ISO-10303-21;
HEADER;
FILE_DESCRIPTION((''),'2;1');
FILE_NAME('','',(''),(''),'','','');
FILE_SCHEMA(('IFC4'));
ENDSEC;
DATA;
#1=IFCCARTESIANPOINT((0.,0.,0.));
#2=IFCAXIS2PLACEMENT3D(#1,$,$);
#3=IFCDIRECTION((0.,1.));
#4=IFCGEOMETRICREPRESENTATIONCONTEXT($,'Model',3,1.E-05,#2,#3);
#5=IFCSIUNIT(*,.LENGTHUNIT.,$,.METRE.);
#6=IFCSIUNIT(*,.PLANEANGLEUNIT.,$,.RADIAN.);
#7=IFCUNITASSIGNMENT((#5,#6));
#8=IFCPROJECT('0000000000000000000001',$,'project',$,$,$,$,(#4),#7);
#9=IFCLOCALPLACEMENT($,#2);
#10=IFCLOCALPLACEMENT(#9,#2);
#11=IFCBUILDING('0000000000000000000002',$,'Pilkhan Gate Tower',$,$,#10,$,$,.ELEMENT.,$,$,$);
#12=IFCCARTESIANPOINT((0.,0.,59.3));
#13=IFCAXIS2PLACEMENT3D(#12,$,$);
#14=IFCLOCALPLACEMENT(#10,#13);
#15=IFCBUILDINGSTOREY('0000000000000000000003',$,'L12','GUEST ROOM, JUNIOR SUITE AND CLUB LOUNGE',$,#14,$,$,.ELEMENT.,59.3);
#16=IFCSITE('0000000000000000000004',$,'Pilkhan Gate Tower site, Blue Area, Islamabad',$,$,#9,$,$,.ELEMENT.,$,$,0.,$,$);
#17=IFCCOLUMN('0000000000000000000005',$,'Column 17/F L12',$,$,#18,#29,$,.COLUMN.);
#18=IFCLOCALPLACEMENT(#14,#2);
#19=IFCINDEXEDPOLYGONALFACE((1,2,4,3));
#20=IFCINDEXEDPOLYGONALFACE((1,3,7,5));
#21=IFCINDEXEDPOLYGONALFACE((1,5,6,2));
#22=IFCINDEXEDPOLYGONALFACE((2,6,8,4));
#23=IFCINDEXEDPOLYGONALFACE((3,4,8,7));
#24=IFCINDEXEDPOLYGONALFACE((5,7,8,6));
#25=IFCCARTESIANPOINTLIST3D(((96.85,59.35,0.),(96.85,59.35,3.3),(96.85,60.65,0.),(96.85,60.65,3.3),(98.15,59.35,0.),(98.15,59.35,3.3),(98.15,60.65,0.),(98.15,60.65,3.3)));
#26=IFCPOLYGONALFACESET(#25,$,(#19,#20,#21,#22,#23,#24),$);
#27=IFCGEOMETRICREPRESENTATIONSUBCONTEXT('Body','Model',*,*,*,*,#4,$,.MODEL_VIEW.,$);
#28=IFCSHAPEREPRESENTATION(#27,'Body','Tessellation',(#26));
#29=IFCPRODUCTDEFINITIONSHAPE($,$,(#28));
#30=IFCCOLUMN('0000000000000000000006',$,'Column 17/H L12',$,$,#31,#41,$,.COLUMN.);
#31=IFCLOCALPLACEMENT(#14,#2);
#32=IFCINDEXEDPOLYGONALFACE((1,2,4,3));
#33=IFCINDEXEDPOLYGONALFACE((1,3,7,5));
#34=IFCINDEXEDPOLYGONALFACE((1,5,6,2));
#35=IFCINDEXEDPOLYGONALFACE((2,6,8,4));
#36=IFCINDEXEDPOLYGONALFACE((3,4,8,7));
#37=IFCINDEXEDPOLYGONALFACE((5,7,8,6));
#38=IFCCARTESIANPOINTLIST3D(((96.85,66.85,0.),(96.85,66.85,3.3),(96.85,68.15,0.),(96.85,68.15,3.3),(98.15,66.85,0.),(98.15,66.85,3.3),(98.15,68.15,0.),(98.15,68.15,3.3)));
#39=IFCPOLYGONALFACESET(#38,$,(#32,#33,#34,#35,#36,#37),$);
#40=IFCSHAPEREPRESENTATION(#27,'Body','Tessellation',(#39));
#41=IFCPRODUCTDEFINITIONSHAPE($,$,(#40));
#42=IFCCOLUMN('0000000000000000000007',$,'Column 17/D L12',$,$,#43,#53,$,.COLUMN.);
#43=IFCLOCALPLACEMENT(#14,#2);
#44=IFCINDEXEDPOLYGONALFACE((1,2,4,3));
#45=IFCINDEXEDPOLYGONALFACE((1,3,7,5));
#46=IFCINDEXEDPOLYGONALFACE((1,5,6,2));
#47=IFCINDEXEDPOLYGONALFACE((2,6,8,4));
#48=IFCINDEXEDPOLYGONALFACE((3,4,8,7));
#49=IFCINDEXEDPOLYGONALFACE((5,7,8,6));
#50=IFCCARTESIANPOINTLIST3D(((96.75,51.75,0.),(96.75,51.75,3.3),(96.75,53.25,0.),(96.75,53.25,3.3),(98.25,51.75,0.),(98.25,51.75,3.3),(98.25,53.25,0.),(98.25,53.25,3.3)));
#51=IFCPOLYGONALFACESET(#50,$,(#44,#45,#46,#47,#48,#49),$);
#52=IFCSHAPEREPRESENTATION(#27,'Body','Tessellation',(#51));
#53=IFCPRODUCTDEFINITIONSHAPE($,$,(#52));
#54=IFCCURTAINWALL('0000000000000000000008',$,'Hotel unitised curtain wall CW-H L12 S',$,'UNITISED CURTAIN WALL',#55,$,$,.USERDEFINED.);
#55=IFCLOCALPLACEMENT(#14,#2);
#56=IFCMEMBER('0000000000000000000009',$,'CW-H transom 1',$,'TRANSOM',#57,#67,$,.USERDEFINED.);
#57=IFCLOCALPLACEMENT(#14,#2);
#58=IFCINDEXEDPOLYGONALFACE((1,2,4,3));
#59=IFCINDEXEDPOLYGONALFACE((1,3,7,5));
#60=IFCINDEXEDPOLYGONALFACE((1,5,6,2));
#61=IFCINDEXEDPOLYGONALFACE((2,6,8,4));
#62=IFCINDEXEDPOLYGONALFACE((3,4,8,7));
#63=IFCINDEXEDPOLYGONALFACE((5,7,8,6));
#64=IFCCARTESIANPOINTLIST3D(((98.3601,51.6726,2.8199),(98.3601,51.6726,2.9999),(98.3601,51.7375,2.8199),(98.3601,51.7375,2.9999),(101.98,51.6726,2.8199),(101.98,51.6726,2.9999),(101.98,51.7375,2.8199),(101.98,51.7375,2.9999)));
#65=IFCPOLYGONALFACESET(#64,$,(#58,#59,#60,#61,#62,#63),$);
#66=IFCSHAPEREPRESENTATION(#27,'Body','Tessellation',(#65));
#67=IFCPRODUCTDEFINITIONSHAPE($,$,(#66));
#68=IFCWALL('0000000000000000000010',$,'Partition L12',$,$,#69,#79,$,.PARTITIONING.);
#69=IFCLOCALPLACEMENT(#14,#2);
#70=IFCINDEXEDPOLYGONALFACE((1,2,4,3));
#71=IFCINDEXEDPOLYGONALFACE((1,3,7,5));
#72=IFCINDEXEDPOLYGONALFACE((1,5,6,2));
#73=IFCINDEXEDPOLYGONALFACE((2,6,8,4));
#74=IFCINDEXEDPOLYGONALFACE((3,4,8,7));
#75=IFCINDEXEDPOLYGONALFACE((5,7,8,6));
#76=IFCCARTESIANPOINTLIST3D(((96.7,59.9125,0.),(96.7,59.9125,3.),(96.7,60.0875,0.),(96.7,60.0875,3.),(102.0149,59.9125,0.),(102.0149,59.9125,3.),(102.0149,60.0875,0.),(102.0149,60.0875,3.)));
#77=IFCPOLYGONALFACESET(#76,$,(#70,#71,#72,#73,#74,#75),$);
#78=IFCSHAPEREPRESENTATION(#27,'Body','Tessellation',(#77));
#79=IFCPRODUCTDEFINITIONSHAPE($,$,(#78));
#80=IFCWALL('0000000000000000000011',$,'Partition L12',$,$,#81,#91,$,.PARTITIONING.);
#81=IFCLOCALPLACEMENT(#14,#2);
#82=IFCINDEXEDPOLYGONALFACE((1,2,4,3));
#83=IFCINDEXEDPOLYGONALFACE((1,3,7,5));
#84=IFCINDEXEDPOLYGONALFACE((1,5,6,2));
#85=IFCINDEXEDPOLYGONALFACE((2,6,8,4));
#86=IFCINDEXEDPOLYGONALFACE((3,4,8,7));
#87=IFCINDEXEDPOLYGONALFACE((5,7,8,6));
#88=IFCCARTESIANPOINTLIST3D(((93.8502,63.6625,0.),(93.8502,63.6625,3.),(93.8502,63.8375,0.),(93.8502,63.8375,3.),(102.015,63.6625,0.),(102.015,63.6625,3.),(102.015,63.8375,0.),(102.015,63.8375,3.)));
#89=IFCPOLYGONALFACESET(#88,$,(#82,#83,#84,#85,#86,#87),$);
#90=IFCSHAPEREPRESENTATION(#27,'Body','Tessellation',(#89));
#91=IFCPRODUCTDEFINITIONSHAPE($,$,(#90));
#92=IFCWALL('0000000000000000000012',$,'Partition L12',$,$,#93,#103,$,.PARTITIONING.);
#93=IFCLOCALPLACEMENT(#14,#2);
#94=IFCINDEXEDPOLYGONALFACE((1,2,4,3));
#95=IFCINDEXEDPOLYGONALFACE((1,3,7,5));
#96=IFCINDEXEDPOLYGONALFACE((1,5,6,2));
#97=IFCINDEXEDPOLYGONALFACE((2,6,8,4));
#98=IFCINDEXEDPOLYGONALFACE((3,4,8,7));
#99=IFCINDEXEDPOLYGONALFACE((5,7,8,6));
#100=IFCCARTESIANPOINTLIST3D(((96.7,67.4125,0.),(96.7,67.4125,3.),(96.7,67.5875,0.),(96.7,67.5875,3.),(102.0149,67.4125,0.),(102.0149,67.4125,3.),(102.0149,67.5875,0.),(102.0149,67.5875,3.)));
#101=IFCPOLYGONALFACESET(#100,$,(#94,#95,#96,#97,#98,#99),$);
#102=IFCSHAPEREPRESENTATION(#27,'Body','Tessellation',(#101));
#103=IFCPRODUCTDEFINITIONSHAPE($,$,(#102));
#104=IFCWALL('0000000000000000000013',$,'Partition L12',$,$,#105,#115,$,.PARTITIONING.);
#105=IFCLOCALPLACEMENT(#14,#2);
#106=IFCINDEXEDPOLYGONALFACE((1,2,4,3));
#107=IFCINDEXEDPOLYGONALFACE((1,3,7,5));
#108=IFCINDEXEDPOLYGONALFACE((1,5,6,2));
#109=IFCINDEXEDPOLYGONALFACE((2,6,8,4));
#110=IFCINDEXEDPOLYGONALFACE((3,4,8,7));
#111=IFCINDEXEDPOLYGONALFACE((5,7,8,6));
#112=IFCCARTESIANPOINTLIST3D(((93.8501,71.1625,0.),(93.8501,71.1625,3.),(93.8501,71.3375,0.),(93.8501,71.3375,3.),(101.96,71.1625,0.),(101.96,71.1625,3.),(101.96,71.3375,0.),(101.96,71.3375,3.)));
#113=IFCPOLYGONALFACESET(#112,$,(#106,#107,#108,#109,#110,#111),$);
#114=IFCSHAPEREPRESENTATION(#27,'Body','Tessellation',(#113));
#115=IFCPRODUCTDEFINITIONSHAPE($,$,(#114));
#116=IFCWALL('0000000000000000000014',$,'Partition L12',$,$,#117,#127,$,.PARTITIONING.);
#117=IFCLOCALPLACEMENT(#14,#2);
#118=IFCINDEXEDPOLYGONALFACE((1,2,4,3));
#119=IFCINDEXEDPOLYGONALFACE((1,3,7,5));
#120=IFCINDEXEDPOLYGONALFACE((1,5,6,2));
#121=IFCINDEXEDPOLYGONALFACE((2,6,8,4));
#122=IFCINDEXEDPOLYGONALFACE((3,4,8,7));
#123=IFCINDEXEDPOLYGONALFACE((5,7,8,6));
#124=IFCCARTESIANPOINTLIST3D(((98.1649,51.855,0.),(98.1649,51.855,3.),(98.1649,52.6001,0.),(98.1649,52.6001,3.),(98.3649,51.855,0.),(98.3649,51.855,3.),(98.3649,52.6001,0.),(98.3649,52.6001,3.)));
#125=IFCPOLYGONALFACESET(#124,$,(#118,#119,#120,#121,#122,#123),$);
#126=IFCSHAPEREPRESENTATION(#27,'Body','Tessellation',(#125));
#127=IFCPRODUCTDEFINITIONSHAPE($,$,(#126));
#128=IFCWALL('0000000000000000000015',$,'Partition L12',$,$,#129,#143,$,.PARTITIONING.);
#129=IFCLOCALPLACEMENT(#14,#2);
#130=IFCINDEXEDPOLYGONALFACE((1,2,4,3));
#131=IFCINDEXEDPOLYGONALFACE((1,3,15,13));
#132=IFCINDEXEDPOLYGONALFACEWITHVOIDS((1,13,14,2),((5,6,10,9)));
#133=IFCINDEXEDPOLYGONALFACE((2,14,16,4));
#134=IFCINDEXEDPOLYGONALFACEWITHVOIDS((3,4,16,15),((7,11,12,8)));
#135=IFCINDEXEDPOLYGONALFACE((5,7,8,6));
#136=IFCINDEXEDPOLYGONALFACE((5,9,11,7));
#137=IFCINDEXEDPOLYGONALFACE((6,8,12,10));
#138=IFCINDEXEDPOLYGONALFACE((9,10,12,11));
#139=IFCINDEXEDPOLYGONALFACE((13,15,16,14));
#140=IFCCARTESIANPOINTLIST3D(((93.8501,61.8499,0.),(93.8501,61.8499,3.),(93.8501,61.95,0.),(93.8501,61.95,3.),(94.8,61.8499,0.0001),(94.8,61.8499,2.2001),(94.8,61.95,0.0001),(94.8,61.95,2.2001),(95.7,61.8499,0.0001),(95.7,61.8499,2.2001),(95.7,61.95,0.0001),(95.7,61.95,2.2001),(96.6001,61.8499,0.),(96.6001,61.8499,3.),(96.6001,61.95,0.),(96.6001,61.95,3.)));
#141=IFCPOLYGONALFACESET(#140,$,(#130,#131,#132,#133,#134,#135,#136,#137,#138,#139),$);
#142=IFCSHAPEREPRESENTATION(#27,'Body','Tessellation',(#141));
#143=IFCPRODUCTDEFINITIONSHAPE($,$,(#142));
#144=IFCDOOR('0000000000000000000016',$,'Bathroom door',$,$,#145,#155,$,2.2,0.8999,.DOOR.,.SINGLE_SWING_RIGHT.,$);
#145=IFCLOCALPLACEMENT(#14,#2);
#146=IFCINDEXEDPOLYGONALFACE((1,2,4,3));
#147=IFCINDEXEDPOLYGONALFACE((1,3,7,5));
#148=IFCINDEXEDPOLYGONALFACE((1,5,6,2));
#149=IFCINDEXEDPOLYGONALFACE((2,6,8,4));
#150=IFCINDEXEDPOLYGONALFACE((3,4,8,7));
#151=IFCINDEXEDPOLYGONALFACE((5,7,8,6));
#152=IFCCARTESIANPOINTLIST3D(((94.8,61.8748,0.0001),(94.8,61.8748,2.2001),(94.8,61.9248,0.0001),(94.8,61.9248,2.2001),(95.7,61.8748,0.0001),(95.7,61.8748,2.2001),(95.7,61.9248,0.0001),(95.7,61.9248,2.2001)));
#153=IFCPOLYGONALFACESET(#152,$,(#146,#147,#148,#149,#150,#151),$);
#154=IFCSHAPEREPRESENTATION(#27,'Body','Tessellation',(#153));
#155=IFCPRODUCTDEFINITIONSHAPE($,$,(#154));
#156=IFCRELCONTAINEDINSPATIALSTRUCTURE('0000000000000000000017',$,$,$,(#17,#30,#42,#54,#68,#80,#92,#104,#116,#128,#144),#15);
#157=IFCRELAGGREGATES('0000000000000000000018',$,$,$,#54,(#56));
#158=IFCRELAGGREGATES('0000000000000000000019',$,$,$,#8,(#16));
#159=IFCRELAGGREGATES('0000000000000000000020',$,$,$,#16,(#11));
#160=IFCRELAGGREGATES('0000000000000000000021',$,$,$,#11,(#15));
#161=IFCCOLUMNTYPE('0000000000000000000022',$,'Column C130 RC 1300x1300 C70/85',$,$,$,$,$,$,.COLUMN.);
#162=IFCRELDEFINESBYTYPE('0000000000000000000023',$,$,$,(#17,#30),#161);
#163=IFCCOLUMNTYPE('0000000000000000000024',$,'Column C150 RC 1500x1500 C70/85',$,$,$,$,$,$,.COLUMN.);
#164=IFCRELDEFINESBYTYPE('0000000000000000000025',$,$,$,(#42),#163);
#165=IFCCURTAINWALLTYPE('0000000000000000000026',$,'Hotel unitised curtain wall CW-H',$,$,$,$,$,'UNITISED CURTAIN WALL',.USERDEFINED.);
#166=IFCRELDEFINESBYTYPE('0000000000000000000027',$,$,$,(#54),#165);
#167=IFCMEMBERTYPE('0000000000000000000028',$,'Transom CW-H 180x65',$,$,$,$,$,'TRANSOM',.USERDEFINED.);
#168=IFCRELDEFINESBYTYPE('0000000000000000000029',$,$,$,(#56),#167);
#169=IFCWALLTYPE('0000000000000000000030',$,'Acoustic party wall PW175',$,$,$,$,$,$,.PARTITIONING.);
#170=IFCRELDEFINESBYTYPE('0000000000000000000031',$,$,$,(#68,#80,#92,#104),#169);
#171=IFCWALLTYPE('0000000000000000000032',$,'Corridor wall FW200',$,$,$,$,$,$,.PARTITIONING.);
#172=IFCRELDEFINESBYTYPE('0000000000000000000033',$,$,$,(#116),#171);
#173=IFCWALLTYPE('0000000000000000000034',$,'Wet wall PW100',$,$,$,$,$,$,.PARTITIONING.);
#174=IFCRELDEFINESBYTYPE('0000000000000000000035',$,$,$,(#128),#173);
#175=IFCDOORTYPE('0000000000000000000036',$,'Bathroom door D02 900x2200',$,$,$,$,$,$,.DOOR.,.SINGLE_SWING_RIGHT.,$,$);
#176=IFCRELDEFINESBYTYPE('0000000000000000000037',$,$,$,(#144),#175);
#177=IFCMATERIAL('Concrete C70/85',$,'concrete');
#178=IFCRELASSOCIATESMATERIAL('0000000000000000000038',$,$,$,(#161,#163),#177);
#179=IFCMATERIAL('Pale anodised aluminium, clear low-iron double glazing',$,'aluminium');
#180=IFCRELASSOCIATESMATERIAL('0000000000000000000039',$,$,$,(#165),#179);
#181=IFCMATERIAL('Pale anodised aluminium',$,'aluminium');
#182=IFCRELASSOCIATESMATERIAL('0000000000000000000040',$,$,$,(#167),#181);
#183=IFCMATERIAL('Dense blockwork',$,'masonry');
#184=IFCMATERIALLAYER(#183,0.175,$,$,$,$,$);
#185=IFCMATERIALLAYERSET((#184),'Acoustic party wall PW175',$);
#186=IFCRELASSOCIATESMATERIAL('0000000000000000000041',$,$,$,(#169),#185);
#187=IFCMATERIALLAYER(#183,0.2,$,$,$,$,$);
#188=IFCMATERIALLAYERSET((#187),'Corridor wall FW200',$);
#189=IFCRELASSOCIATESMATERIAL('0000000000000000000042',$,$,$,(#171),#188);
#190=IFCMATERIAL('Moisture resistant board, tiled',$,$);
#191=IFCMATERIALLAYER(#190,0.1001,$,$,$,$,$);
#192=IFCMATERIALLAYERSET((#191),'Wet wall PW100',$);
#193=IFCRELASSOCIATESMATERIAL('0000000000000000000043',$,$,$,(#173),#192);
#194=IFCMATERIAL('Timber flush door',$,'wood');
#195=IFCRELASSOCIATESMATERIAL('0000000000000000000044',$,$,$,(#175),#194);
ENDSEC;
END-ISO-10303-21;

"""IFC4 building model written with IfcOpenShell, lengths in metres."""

from ifc_helpers import new_model, si_unit, direction, frame, frame_2d, origin, origin_2d, place, context, subcontext, project, spatial, rectangle, extrude, material, layer, layer_set, material_profile, profile_set, type_object, element, fill, aggregate, save


model = new_model("IFC4")

# Units and contexts
model_context = context("Model", 3, precision=1e-05, world=origin(), true_north=direction((0.0, 1.0)))
body_context = subcontext(model_context, "Body", "Model", "MODEL_VIEW")
ifc_project = project(units=[si_unit("LENGTHUNIT", "METRE"), si_unit("PLANEANGLEUNIT", "RADIAN")], contexts=[model_context])

# Site, building, storey
site_placement = place(None, origin())
site = spatial("IfcSite", under=ifc_project, at=site_placement, Name="Pilkhan Gate Tower site, Blue Area, Islamabad", CompositionType="ELEMENT", RefElevation=0.0)
building_placement = place(site_placement, origin())
building = spatial("IfcBuilding", under=site, at=building_placement, Name="Pilkhan Gate Tower", CompositionType="ELEMENT")
storey_placement = place(building_placement, frame((0.0, 0.0, 59.3)))
storey = spatial("IfcBuildingStorey", under=building, at=storey_placement, Name="L12", Description="GUEST ROOM, JUNIOR SUITE AND CLUB LOUNGE", CompositionType="ELEMENT", Elevation=59.3)

# Columns
ifc_material_1 = material(Name="Concrete C70/85", Category="concrete")
ifc_material_profile_1 = material_profile(ifc_material_1, rectangle(XDim=1.3, YDim=1.3, at=origin_2d()), Name="RC 1300x1300")
ifc_profile_set_1 = profile_set([ifc_material_profile_1], Name="Concrete C70/85")
column_type_1 = type_object("IfcColumnType", Name="Column C130 RC 1300x1300 C70/85", PredefinedType="COLUMN", material=ifc_profile_set_1)
for number, where, z_axis, x_axis, name in (
    (1, (97.5, 60.0, 0.0), (0.0, 0.0, 1.0), (1.0, 0.0, 0.0), "Column 17/F L12"),
    (2, (97.5, 67.5, 0.0), (0.0, 0.0, 1.0), (1.0, 0.0, 0.0), "Column 17/H L12"),
):
    element("IfcColumn", number, at=place(storey_placement, frame(where, z_axis=z_axis, x_axis=x_axis)), inside=storey, type_object=column_type_1, Name=name, PredefinedType="COLUMN", context=body_context, shape_type="SweptSolid", body=[
        extrude(rectangle(XDim=1.3, YDim=1.3, at=origin_2d()), origin(), (0.0, 0.0, 1.0), 3.3),
    ])
ifc_material_profile_2 = material_profile(ifc_material_1, rectangle(XDim=1.5, YDim=1.5, at=origin_2d()), Name="RC 1500x1500")
ifc_profile_set_2 = profile_set([ifc_material_profile_2], Name="Concrete C70/85")
column_type_2 = type_object("IfcColumnType", Name="Column C150 RC 1500x1500 C70/85", PredefinedType="COLUMN", material=ifc_profile_set_2)
column_placement = place(storey_placement, frame((97.5, 52.5, 0.0), z_axis=(0.0, 0.0, 1.0), x_axis=(1.0, 0.0, 0.0)))
element("IfcColumn", 3, at=column_placement, inside=storey, type_object=column_type_2, Name="Column 17/D L12", PredefinedType="COLUMN", context=body_context, shape_type="SweptSolid", body=[
    extrude(rectangle(XDim=1.5, YDim=1.5, at=origin_2d()), origin(), (0.0, 0.0, 1.0), 3.3),
])

# Curtain wall, member
ifc_material_2 = material(Name="Pale anodised aluminium, clear low-iron double glazing", Category="aluminium")
curtain_wall_type = type_object("IfcCurtainWallType", Name="Hotel unitised curtain wall CW-H", ElementType="UNITISED CURTAIN WALL", PredefinedType="USERDEFINED", material=ifc_material_2)
curtain_wall_placement = place(storey_placement, origin())
curtain_wall = element("IfcCurtainWall", 4, at=curtain_wall_placement, inside=storey, type_object=curtain_wall_type, Name="Hotel unitised curtain wall CW-H L12 S", ObjectType="UNITISED CURTAIN WALL", PredefinedType="USERDEFINED")
ifc_material_3 = material(Name="Pale anodised aluminium", Category="aluminium")
ifc_material_profile_3 = material_profile(ifc_material_3, rectangle(XDim=0.0649, YDim=0.1799, at=origin_2d()), Name="Transom 180x65")
ifc_profile_set_3 = profile_set([ifc_material_profile_3], Name="Pale anodised aluminium")
member_type = type_object("IfcMemberType", Name="Transom CW-H 180x65", ElementType="TRANSOM", PredefinedType="USERDEFINED", material=ifc_profile_set_3)
member_placement = place(storey_placement, frame((98.3601, 51.7051, 2.9099), z_axis=(1.0, 0.0, 0.0), x_axis=(0.0, 1.0, 0.0)))
member = element("IfcMember", 5, at=member_placement, type_object=member_type, Name="CW-H transom 1", ObjectType="TRANSOM", PredefinedType="USERDEFINED", context=body_context, shape_type="SweptSolid", body=[
    extrude(rectangle(XDim=0.0649, YDim=0.1799, at=origin_2d()), origin(), (0.0, 0.0, 1.0), 3.6199),
])
aggregate(curtain_wall, [member])

# Walls
ifc_material_4 = material(Name="Dense blockwork", Category="masonry")
ifc_layer_1 = layer(ifc_material_4, 0.175)
ifc_layer_set_1 = layer_set([ifc_layer_1], Name="Acoustic party wall PW175")
wall_type_1 = type_object("IfcWallType", Name="Acoustic party wall PW175", PredefinedType="PARTITIONING", material=ifc_layer_set_1)
wall_1_placement = place(storey_placement, frame((96.7, 60.0, 0.0), z_axis=(0.0, 0.0, 1.0), x_axis=(1.0, 0.0, 0.0)))
element("IfcWall", 6, at=wall_1_placement, inside=storey, type_object=wall_type_1, Name="Partition L12", PredefinedType="PARTITIONING", context=body_context, shape_type="SweptSolid", body=[
    extrude(rectangle(XDim=5.3149, YDim=0.175, at=frame_2d((2.6575, 0.0))), origin(), (0.0, 0.0, 1.0), 3.0),
])
wall_2_placement = place(storey_placement, frame((93.8501, 63.75, 0.0), z_axis=(0.0, 0.0, 1.0), x_axis=(1.0, 0.0, 0.0)))
element("IfcWall", 7, at=wall_2_placement, inside=storey, type_object=wall_type_1, Name="Partition L12", PredefinedType="PARTITIONING", context=body_context, shape_type="SweptSolid", body=[
    extrude(rectangle(XDim=8.1648, YDim=0.175, at=frame_2d((4.0825, 0.0))), origin(), (0.0, 0.0, 1.0), 3.0),
])
wall_3_placement = place(storey_placement, frame((96.7, 67.5, 0.0), z_axis=(0.0, 0.0, 1.0), x_axis=(1.0, 0.0, 0.0)))
element("IfcWall", 8, at=wall_3_placement, inside=storey, type_object=wall_type_1, Name="Partition L12", PredefinedType="PARTITIONING", context=body_context, shape_type="SweptSolid", body=[
    extrude(rectangle(XDim=5.3149, YDim=0.175, at=frame_2d((2.6575, 0.0))), origin(), (0.0, 0.0, 1.0), 3.0),
])
wall_4_placement = place(storey_placement, frame((93.8501, 71.25, 0.0), z_axis=(0.0, 0.0, 1.0), x_axis=(1.0, 0.0, 0.0)))
element("IfcWall", 9, at=wall_4_placement, inside=storey, type_object=wall_type_1, Name="Partition L12", PredefinedType="PARTITIONING", context=body_context, shape_type="SweptSolid", body=[
    extrude(rectangle(XDim=8.1099, YDim=0.175, at=frame_2d((4.0549, 0.0))), origin(), (0.0, 0.0, 1.0), 3.0),
])
ifc_layer_2 = layer(ifc_material_4, 0.2)
ifc_layer_set_2 = layer_set([ifc_layer_2], Name="Corridor wall FW200")
wall_type_2 = type_object("IfcWallType", Name="Corridor wall FW200", PredefinedType="PARTITIONING", material=ifc_layer_set_2)
wall_5_placement = place(storey_placement, frame((98.2649, 51.855, 0.0), z_axis=(0.0, 0.0, 1.0), x_axis=(0.0, 1.0, 0.0)))
element("IfcWall", 10, at=wall_5_placement, inside=storey, type_object=wall_type_2, Name="Partition L12", PredefinedType="PARTITIONING", context=body_context, shape_type="SweptSolid", body=[
    extrude(rectangle(XDim=0.7451, YDim=0.2, at=frame_2d((0.3726, 0.0))), origin(), (0.0, 0.0, 1.0), 3.0),
])

# Wall, opening, door
ifc_material_5 = material(Name="Moisture resistant board, tiled")
ifc_layer_3 = layer(ifc_material_5, 0.1001)
ifc_layer_set_3 = layer_set([ifc_layer_3], Name="Wet wall PW100")
wall_type_3 = type_object("IfcWallType", Name="Wet wall PW100", PredefinedType="PARTITIONING", material=ifc_layer_set_3)
wall_6_placement = place(storey_placement, frame((93.8501, 61.8999, 0.0), z_axis=(0.0, 0.0, 1.0), x_axis=(1.0, 0.0, 0.0)))
wall_6 = element("IfcWall", 11, at=wall_6_placement, inside=storey, type_object=wall_type_3, Name="Partition L12", PredefinedType="PARTITIONING", context=body_context, shape_type="SweptSolid", body=[
    extrude(rectangle(XDim=2.75, YDim=0.1001, at=frame_2d((1.375, 0.0))), origin(), (0.0, 0.0, 1.0), 3.0),
])
opening_1_placement = place(wall_6_placement, frame((0.95, 0.0, 0.0)))
opening_1 = element("IfcOpeningElement", 12, at=opening_1_placement, cuts=wall_6, PredefinedType="OPENING", context=body_context, shape_type="SweptSolid", body=[
    extrude(rectangle(XDim=0.8999, YDim=2.2, at=frame_2d((0.45, 1.1001))), frame((0.0, 0.0601, 0.0), z_axis=(0.0, -1.0, 0.0), x_axis=(1.0, 0.0, 0.0)), (0.0, 0.0, 1.0), 0.1201),
])
ifc_material_6 = material(Name="Timber flush door", Category="wood")
door_type = type_object("IfcDoorType", Name="Bathroom door D02 900x2200", OperationType="SINGLE_SWING_RIGHT", PredefinedType="DOOR", material=ifc_material_6)
door_1_placement = place(opening_1_placement, origin())
door_1 = element("IfcDoor", 13, at=door_1_placement, inside=storey, type_object=door_type, Name="Bathroom door", OperationType="SINGLE_SWING_RIGHT", OverallHeight=2.2, OverallWidth=0.8999, PredefinedType="DOOR", context=body_context, shape_type="SweptSolid", body=[
    extrude(rectangle(XDim=0.8999, YDim=2.2, at=frame_2d((0.45, 1.1001))), frame((0.0, 0.0249, 0.0), z_axis=(0.0, -1.0, 0.0), x_axis=(1.0, 0.0, 0.0)), (0.0, 0.0, 1.0), 0.05),
])
fill(opening_1, door_1)

save(model, "model.ifc")
